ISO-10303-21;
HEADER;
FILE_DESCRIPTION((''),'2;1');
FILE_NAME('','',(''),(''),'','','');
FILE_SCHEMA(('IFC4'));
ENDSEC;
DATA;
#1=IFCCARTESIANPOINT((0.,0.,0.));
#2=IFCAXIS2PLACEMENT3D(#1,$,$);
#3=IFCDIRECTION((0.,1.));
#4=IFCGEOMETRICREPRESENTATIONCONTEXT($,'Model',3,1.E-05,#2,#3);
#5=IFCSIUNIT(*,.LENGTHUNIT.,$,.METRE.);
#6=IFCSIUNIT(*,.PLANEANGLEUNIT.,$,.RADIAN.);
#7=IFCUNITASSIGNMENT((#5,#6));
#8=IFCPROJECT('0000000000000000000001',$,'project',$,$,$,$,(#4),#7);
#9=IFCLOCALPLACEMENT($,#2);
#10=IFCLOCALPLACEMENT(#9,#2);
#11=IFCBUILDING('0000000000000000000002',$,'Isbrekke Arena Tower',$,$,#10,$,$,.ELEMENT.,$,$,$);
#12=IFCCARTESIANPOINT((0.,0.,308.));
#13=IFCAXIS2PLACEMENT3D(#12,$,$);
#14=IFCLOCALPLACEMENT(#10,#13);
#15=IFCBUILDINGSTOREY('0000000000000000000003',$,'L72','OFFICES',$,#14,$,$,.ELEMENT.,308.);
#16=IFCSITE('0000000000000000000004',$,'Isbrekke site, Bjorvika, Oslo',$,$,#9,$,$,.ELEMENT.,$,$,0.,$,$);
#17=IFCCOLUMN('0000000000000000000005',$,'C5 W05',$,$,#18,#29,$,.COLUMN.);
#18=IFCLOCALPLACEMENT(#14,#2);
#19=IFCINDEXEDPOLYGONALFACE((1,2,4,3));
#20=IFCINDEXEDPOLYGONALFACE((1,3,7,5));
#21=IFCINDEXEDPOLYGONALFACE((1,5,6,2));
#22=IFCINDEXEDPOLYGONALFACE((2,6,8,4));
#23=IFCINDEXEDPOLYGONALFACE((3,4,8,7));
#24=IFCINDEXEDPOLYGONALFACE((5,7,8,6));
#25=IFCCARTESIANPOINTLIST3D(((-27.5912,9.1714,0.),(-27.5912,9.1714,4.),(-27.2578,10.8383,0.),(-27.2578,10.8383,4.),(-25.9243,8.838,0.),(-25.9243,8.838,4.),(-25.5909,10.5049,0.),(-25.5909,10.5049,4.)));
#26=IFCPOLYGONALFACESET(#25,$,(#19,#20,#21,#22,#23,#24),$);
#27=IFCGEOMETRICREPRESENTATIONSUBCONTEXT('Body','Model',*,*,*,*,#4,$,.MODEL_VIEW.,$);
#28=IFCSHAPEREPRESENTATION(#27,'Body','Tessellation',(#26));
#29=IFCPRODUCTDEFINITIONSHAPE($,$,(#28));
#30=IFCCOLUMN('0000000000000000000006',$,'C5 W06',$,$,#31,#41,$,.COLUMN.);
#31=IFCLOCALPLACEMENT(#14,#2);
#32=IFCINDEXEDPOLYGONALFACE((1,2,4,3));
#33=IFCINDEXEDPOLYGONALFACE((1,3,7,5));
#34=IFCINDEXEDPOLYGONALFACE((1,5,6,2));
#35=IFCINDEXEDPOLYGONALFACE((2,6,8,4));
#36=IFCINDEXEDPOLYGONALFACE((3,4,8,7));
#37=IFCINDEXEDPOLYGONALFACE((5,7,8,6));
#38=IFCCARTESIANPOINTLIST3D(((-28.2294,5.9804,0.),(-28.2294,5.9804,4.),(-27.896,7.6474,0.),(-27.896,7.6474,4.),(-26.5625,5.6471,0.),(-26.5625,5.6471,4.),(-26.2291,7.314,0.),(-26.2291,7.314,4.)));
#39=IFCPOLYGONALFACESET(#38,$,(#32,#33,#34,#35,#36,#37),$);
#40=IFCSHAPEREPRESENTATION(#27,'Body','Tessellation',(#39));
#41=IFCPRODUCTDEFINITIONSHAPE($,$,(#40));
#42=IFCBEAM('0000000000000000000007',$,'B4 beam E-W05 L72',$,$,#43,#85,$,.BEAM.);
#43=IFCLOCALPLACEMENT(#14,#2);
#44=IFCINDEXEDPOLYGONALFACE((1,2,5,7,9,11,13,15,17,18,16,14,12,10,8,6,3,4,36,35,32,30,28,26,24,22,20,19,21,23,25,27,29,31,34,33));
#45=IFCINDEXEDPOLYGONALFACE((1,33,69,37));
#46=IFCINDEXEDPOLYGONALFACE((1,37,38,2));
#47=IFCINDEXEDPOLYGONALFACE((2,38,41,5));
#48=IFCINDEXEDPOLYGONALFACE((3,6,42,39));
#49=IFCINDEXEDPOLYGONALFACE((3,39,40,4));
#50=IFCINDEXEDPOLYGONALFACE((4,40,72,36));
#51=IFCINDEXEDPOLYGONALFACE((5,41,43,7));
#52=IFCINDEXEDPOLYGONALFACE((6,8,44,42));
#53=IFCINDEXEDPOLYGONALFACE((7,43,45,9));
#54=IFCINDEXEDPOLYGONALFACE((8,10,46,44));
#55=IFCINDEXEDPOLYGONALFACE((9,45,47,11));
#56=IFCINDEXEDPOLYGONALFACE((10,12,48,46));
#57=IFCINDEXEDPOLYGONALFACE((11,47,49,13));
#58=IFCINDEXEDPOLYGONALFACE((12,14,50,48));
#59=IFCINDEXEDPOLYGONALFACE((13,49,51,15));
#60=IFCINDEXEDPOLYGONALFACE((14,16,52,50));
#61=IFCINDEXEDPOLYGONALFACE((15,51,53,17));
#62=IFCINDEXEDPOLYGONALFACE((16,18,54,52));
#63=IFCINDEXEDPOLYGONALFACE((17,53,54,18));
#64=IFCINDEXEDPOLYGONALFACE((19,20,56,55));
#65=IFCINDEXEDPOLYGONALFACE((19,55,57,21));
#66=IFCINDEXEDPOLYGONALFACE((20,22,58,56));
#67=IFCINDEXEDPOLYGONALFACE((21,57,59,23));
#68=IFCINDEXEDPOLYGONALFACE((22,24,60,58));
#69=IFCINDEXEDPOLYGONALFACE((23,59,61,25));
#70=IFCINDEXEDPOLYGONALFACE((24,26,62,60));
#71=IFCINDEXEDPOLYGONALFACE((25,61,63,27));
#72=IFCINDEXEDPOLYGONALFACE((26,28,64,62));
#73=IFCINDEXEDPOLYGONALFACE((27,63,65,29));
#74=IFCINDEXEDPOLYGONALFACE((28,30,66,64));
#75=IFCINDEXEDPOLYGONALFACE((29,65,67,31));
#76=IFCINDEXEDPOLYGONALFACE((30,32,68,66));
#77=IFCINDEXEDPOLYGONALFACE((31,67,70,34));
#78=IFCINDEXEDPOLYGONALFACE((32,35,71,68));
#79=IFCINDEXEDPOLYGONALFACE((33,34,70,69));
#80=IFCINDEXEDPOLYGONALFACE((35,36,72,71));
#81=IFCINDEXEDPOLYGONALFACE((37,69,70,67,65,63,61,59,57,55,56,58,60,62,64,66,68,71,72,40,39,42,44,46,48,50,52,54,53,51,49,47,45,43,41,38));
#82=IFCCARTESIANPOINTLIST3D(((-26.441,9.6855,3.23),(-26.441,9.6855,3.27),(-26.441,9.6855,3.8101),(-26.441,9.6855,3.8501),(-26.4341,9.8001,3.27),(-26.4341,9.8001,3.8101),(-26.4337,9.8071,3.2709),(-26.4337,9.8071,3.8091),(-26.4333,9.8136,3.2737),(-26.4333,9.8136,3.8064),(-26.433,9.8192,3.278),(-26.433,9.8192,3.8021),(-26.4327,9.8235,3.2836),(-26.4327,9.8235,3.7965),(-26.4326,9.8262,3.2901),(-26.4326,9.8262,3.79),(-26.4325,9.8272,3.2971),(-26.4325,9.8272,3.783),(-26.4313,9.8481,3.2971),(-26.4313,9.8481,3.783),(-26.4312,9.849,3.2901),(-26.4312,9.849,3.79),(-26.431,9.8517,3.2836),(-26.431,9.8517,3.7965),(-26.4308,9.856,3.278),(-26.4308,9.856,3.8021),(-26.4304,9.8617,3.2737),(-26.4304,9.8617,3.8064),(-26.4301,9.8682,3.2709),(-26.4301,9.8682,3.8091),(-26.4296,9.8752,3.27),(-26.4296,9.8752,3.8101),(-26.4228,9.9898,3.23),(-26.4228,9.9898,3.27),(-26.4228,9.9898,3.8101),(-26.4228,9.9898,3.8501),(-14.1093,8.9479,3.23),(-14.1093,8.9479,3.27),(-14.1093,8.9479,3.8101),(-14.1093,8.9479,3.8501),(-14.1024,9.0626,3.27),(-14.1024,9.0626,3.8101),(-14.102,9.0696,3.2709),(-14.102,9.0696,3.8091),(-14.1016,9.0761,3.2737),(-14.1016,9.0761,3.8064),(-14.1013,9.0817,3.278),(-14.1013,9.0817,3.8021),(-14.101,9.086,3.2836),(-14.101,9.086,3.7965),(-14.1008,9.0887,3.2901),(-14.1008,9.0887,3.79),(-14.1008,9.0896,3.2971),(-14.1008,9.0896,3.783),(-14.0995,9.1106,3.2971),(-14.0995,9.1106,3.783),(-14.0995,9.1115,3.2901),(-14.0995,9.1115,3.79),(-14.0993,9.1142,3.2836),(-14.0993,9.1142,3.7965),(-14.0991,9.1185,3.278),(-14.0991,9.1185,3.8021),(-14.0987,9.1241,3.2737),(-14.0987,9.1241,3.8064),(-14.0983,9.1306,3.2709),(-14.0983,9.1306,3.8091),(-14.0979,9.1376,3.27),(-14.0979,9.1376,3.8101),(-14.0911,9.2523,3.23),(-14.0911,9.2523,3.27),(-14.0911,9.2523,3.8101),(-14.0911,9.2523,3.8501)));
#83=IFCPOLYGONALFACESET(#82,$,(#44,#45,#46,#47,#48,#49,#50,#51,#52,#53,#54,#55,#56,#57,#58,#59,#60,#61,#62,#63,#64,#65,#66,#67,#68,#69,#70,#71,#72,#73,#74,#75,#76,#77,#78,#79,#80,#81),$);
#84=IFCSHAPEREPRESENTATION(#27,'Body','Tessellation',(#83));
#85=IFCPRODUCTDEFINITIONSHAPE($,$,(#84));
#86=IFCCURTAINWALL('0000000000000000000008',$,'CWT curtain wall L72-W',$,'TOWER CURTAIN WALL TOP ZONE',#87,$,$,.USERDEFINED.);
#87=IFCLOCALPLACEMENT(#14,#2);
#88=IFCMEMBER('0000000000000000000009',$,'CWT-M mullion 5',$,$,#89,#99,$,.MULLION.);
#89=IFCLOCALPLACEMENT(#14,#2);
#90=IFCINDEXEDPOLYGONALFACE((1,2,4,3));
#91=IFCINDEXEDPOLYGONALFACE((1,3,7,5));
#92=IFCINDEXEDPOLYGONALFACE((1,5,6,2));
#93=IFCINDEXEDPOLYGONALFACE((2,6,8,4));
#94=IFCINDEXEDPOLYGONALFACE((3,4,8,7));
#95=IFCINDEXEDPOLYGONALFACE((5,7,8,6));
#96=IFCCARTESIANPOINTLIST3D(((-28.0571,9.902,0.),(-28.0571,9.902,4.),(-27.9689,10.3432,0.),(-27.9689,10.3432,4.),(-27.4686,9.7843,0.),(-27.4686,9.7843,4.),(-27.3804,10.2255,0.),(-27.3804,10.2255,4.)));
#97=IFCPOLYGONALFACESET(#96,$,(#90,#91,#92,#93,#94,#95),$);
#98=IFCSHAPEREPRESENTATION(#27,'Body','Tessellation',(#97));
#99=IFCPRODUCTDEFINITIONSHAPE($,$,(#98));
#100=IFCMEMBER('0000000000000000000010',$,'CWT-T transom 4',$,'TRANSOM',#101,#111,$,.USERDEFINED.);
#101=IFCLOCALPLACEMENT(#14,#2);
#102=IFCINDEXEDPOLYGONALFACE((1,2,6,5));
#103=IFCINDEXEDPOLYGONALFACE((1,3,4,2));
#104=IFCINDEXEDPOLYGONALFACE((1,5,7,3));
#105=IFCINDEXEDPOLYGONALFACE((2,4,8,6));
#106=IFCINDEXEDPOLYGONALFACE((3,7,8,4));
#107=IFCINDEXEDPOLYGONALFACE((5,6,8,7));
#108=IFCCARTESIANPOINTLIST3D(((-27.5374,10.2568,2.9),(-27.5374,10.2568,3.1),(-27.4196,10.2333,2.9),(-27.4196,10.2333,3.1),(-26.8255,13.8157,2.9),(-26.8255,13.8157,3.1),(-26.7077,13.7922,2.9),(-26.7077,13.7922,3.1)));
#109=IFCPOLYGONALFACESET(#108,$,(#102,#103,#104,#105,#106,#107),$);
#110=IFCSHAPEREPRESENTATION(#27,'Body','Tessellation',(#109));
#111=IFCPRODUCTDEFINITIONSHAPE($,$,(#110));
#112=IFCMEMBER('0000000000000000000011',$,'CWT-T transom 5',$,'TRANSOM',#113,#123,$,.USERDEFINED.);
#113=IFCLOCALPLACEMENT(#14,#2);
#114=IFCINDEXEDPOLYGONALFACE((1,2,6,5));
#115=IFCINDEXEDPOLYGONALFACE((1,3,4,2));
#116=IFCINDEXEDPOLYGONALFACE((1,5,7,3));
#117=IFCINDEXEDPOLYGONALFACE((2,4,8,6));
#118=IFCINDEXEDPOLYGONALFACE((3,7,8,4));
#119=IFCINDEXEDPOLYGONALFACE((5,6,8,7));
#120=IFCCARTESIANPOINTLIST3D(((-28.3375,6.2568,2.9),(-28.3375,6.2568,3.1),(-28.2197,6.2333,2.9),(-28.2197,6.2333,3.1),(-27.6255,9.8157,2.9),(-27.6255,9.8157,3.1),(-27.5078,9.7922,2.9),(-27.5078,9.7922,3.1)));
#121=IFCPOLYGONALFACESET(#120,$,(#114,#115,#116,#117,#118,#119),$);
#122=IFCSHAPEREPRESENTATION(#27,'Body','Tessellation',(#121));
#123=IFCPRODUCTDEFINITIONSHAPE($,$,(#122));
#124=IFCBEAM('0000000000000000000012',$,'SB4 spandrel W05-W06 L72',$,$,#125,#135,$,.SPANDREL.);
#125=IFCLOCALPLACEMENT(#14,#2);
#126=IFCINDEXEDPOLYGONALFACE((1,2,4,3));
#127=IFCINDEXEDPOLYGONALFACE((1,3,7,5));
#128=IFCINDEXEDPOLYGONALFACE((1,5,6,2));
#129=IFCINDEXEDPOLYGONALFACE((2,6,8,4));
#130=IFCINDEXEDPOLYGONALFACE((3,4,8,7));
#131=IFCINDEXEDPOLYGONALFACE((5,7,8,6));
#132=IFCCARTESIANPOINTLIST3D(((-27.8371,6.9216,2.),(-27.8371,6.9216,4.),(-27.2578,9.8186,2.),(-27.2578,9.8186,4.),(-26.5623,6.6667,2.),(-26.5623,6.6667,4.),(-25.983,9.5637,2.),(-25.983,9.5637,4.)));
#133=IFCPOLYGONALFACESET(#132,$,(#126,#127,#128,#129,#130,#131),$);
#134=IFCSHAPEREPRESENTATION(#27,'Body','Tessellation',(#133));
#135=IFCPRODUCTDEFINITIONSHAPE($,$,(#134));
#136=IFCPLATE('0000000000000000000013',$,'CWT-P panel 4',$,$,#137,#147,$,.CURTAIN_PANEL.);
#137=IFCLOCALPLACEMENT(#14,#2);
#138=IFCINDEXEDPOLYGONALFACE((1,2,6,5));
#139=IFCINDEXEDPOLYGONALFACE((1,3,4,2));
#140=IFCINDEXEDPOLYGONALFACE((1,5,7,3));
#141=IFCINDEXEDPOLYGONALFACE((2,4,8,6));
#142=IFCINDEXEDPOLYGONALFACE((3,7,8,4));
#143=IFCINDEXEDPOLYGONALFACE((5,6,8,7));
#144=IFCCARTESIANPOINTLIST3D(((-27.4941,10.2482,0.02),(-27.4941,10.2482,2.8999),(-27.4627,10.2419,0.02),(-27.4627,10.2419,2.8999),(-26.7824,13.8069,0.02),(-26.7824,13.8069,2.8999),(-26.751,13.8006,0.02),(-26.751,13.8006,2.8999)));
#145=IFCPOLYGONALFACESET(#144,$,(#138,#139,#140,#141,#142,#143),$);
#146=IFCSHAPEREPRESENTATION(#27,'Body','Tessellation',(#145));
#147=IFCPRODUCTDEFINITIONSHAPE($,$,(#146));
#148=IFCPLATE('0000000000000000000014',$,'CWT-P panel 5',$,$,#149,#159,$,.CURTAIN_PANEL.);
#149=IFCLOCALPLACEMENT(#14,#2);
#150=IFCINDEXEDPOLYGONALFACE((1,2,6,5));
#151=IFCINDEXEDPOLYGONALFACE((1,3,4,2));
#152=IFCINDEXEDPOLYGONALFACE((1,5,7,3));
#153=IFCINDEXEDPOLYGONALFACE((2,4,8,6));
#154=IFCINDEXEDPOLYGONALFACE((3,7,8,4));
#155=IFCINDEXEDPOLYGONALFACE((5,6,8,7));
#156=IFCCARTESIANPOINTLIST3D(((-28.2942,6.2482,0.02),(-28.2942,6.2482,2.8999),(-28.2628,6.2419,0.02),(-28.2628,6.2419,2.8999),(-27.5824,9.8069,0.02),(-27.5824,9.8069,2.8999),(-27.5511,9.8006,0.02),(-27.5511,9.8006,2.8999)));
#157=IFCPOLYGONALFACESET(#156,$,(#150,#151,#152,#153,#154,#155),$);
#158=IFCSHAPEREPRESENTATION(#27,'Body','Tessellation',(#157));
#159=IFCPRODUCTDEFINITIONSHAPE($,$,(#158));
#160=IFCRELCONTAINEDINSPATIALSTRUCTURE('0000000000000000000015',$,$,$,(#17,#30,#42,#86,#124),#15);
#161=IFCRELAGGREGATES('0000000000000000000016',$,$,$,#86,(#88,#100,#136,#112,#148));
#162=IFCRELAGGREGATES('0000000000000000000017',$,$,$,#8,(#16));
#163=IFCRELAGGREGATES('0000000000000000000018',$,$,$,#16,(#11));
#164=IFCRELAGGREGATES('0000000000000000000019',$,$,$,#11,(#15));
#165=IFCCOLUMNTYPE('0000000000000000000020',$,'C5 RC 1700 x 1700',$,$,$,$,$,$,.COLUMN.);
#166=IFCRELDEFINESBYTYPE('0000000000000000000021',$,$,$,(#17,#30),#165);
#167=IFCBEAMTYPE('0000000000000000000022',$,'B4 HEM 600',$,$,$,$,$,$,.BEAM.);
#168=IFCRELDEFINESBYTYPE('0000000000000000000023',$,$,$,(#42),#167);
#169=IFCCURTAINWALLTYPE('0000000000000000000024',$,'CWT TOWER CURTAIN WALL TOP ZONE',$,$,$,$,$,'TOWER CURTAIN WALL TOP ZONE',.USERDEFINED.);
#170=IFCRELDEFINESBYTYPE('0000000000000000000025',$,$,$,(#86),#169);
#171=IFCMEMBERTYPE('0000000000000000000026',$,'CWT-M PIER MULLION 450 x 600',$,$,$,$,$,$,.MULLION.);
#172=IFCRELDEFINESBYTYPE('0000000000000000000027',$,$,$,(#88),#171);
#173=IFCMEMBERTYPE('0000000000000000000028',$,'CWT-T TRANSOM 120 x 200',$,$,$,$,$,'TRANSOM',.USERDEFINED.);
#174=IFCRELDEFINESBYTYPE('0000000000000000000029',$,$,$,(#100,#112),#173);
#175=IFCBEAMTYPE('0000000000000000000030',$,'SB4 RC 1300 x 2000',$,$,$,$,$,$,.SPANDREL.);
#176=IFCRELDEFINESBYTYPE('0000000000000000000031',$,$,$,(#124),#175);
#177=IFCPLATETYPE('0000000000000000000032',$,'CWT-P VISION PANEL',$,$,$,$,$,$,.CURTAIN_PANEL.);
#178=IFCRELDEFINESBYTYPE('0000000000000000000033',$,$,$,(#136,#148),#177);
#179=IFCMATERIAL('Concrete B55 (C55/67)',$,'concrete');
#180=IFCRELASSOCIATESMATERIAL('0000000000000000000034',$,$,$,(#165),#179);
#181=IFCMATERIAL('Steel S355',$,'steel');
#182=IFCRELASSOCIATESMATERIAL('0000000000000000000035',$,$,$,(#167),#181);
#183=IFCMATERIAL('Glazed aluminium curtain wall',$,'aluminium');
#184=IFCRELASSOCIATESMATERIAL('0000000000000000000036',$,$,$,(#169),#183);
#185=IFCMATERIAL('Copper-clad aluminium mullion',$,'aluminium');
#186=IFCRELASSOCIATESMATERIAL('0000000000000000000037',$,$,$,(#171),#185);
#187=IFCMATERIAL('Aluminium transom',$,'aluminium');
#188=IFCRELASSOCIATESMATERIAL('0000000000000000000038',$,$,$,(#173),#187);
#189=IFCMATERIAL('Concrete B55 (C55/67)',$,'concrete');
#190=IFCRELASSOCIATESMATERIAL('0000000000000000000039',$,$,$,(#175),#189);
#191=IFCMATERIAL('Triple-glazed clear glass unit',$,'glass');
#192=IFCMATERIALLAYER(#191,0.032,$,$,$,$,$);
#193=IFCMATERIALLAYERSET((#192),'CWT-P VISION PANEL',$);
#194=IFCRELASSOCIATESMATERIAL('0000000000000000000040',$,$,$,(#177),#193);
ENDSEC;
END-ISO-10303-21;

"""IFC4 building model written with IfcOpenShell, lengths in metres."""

from ifc_helpers import new_model, si_unit, direction, frame, origin, origin_2d, place, context, subcontext, project, spatial, rectangle, i_section, extrude, material, layer, layer_set, material_profile, profile_set, type_object, element, aggregate, save


model = new_model("IFC4")

# Units and contexts
model_context = context("Model", 3, precision=1e-05, world=origin(), true_north=direction((0.0, 1.0)))
body_context = subcontext(model_context, "Body", "Model", "MODEL_VIEW")
ifc_project = project(units=[si_unit("LENGTHUNIT", "METRE"), si_unit("PLANEANGLEUNIT", "RADIAN")], contexts=[model_context])

# Site, building, storey
site_placement = place(None, origin())
site = spatial("IfcSite", under=ifc_project, at=site_placement, Name="Isbrekke site, Bjorvika, Oslo", CompositionType="ELEMENT", RefElevation=0.0)
building_placement = place(site_placement, origin())
building = spatial("IfcBuilding", under=site, at=building_placement, Name="Isbrekke Arena Tower", CompositionType="ELEMENT")
storey_placement = place(building_placement, frame((0.0, 0.0, 308.0)))
storey = spatial("IfcBuildingStorey", under=building, at=storey_placement, Name="L72", Description="OFFICES", CompositionType="ELEMENT", Elevation=308.0)

# Columns
ifc_material_1 = material(Name="Concrete B55 (C55/67)", Category="concrete")
ifc_material_profile_1 = material_profile(ifc_material_1, rectangle(XDim=1.7, YDim=1.7, at=origin_2d()), Name="RC 1700x1700")
ifc_profile_set_1 = profile_set([ifc_material_profile_1], Name="Concrete B55 (C55/67)")
column_type = type_object("IfcColumnType", Name="C5 RC 1700 x 1700", PredefinedType="COLUMN", material=ifc_profile_set_1)
for number, where, z_axis, x_axis, name in (
    (1, (-26.5911, 9.8381, 0.0), (0.0, 0.0, 1.0), (-0.196116, -0.980581, 0.0), "C5 W05"),
    (2, (-27.2292, 6.6472, 0.0), (0.0, 0.0, 1.0), (-0.196116, -0.980581, 0.0), "C5 W06"),
):
    element("IfcColumn", number, at=place(storey_placement, frame(where, z_axis=z_axis, x_axis=x_axis)), inside=storey, type_object=column_type, Name=name, PredefinedType="COLUMN", context=body_context, shape_type="SweptSolid", body=[
        extrude(rectangle(XDim=1.7, YDim=1.7, at=origin_2d()), origin(), (0.0, 0.0, 1.0), 4.0),
    ])

# Beam
ifc_material_2 = material(Name="Steel S355", Category="steel")
ifc_material_profile_2 = material_profile(ifc_material_2, i_section(OverallWidth=0.3049, OverallDepth=0.6201, WebThickness=0.021, FlangeThickness=0.04, FilletRadius=0.0271, at=origin_2d()), Name="HEM 600")
ifc_profile_set_2 = profile_set([ifc_material_profile_2], Name="Steel S355")
beam_type_1 = type_object("IfcBeamType", Name="B4 HEM 600", PredefinedType="BEAM", material=ifc_profile_set_2)
beam_1_placement = place(storey_placement, frame((-26.4319, 9.8376, 3.54), z_axis=(0.998216, -0.059702, 0.0), x_axis=(0.059702, 0.998216, 0.0)))
element("IfcBeam", 3, at=beam_1_placement, inside=storey, type_object=beam_type_1, Name="B4 beam E-W05 L72", PredefinedType="BEAM", context=body_context, shape_type="SweptSolid", body=[
    extrude(i_section(OverallWidth=0.3049, OverallDepth=0.6201, WebThickness=0.021, FlangeThickness=0.04, FilletRadius=0.0271, at=origin_2d()), origin(), (0.0, 0.0, 1.0), 12.3538),
])

# Curtain wall, members
ifc_material_3 = material(Name="Glazed aluminium curtain wall", Category="aluminium")
curtain_wall_type = type_object("IfcCurtainWallType", Name="CWT TOWER CURTAIN WALL TOP ZONE", ElementType="TOWER CURTAIN WALL TOP ZONE", PredefinedType="USERDEFINED", material=ifc_material_3)
curtain_wall_placement = place(storey_placement, origin())
curtain_wall = element("IfcCurtainWall", 4, at=curtain_wall_placement, inside=storey, type_object=curtain_wall_type, Name="CWT curtain wall L72-W", ObjectType="TOWER CURTAIN WALL TOP ZONE", PredefinedType="USERDEFINED")
ifc_material_4 = material(Name="Copper-clad aluminium mullion", Category="aluminium")
ifc_material_profile_3 = material_profile(ifc_material_4, rectangle(XDim=0.45, YDim=0.6001, at=origin_2d()), Name="PIER 450X600")
ifc_profile_set_3 = profile_set([ifc_material_profile_3], Name="Copper-clad aluminium mullion")
member_type_1 = type_object("IfcMemberType", Name="CWT-M PIER MULLION 450 x 600", PredefinedType="MULLION", material=ifc_profile_set_3)
member_1_placement = place(storey_placement, frame((-27.7188, 10.0637, 0.0), z_axis=(0.0, 0.0, 1.0), x_axis=(-0.196116, -0.980581, 0.0)))
member_1 = element("IfcMember", 5, at=member_1_placement, type_object=member_type_1, Name="CWT-M mullion 5", PredefinedType="MULLION", context=body_context, shape_type="SweptSolid", body=[
    extrude(rectangle(XDim=0.45, YDim=0.6001, at=origin_2d()), origin(), (0.0, 0.0, 1.0), 4.0),
])
ifc_material_5 = material(Name="Aluminium transom", Category="aluminium")
ifc_material_profile_4 = material_profile(ifc_material_5, rectangle(XDim=0.1201, YDim=0.2, at=origin_2d()), Name="TRANSOM 120X200")
ifc_profile_set_4 = profile_set([ifc_material_profile_4], Name="Aluminium transom")
member_type_2 = type_object("IfcMemberType", Name="CWT-T TRANSOM 120 x 200", ElementType="TRANSOM", PredefinedType="USERDEFINED", material=ifc_profile_set_4)
member_2_placement = place(storey_placement, frame((-26.7666, 13.804, 3.0), z_axis=(-0.196155, -0.980573, 0.0), x_axis=(0.980573, -0.196155, 0.0)))
member_2 = element("IfcMember", 6, at=member_2_placement, type_object=member_type_2, Name="CWT-T transom 4", ObjectType="TRANSOM", PredefinedType="USERDEFINED", context=body_context, shape_type="SweptSolid", body=[
    extrude(rectangle(XDim=0.1201, YDim=0.2, at=origin_2d()), origin(), (0.0, 0.0, 1.0), 3.6294),
])
member_3_placement = place(storey_placement, frame((-27.5667, 9.804, 3.0), z_axis=(-0.196155, -0.980573, 0.0), x_axis=(0.980573, -0.196155, 0.0)))
member_3 = element("IfcMember", 7, at=member_3_placement, type_object=member_type_2, Name="CWT-T transom 5", ObjectType="TRANSOM", PredefinedType="USERDEFINED", context=body_context, shape_type="SweptSolid", body=[
    extrude(rectangle(XDim=0.1201, YDim=0.2, at=origin_2d()), origin(), (0.0, 0.0, 1.0), 3.6294),
])

# Beam
ifc_material_6 = material(Name="Concrete B55 (C55/67)", Category="concrete")
ifc_material_profile_5 = material_profile(ifc_material_6, rectangle(XDim=1.3, YDim=2.0, at=origin_2d()), Name="RC 1300x2000")
ifc_profile_set_5 = profile_set([ifc_material_profile_5], Name="Concrete B55 (C55/67)")
beam_type_2 = type_object("IfcBeamType", Name="SB4 RC 1300 x 2000", PredefinedType="SPANDREL", material=ifc_profile_set_5)
beam_2_placement = place(storey_placement, frame((-26.6204, 9.6912, 3.0), z_axis=(-0.1961, -0.980584, 0.0), x_axis=(0.980584, -0.1961, 0.0)))
element("IfcBeam", 8, at=beam_2_placement, inside=storey, type_object=beam_type_2, Name="SB4 spandrel W05-W06 L72", PredefinedType="SPANDREL", context=body_context, shape_type="SweptSolid", body=[
    extrude(rectangle(XDim=1.3, YDim=2.0, at=origin_2d()), origin(), (0.0, 0.0, 1.0), 2.9543),
])

# Plates
ifc_material_7 = material(Name="Triple-glazed clear glass unit", Category="glass")
ifc_layer = layer(ifc_material_7, 0.032)
ifc_layer_set = layer_set([ifc_layer], Name="CWT-P VISION PANEL")
plate_type = type_object("IfcPlateType", Name="CWT-P VISION PANEL", PredefinedType="CURTAIN_PANEL", material=ifc_layer_set)
plate_1_placement = place(storey_placement, frame((-27.1226, 12.0244, 0.02), z_axis=(0.0, 0.0, 1.0), x_axis=(-0.196116, -0.980581, 0.0)))
plate_1 = element("IfcPlate", 9, at=plate_1_placement, type_object=plate_type, Name="CWT-P panel 4", PredefinedType="CURTAIN_PANEL", context=body_context, shape_type="SweptSolid", body=[
    extrude(rectangle(XDim=3.6292, YDim=0.032, at=origin_2d()), origin(), (0.0, 0.0, 1.0), 2.8799),
])
plate_2_placement = place(storey_placement, frame((-27.9226, 8.0244, 0.02), z_axis=(0.0, 0.0, 1.0), x_axis=(-0.196116, -0.980581, 0.0)))
plate_2 = element("IfcPlate", 10, at=plate_2_placement, type_object=plate_type, Name="CWT-P panel 5", PredefinedType="CURTAIN_PANEL", context=body_context, shape_type="SweptSolid", body=[
    extrude(rectangle(XDim=3.6292, YDim=0.032, at=origin_2d()), origin(), (0.0, 0.0, 1.0), 2.8799),
])
aggregate(curtain_wall, [member_1, member_2, plate_1, member_3, plate_2])

save(model, "model.ifc")
